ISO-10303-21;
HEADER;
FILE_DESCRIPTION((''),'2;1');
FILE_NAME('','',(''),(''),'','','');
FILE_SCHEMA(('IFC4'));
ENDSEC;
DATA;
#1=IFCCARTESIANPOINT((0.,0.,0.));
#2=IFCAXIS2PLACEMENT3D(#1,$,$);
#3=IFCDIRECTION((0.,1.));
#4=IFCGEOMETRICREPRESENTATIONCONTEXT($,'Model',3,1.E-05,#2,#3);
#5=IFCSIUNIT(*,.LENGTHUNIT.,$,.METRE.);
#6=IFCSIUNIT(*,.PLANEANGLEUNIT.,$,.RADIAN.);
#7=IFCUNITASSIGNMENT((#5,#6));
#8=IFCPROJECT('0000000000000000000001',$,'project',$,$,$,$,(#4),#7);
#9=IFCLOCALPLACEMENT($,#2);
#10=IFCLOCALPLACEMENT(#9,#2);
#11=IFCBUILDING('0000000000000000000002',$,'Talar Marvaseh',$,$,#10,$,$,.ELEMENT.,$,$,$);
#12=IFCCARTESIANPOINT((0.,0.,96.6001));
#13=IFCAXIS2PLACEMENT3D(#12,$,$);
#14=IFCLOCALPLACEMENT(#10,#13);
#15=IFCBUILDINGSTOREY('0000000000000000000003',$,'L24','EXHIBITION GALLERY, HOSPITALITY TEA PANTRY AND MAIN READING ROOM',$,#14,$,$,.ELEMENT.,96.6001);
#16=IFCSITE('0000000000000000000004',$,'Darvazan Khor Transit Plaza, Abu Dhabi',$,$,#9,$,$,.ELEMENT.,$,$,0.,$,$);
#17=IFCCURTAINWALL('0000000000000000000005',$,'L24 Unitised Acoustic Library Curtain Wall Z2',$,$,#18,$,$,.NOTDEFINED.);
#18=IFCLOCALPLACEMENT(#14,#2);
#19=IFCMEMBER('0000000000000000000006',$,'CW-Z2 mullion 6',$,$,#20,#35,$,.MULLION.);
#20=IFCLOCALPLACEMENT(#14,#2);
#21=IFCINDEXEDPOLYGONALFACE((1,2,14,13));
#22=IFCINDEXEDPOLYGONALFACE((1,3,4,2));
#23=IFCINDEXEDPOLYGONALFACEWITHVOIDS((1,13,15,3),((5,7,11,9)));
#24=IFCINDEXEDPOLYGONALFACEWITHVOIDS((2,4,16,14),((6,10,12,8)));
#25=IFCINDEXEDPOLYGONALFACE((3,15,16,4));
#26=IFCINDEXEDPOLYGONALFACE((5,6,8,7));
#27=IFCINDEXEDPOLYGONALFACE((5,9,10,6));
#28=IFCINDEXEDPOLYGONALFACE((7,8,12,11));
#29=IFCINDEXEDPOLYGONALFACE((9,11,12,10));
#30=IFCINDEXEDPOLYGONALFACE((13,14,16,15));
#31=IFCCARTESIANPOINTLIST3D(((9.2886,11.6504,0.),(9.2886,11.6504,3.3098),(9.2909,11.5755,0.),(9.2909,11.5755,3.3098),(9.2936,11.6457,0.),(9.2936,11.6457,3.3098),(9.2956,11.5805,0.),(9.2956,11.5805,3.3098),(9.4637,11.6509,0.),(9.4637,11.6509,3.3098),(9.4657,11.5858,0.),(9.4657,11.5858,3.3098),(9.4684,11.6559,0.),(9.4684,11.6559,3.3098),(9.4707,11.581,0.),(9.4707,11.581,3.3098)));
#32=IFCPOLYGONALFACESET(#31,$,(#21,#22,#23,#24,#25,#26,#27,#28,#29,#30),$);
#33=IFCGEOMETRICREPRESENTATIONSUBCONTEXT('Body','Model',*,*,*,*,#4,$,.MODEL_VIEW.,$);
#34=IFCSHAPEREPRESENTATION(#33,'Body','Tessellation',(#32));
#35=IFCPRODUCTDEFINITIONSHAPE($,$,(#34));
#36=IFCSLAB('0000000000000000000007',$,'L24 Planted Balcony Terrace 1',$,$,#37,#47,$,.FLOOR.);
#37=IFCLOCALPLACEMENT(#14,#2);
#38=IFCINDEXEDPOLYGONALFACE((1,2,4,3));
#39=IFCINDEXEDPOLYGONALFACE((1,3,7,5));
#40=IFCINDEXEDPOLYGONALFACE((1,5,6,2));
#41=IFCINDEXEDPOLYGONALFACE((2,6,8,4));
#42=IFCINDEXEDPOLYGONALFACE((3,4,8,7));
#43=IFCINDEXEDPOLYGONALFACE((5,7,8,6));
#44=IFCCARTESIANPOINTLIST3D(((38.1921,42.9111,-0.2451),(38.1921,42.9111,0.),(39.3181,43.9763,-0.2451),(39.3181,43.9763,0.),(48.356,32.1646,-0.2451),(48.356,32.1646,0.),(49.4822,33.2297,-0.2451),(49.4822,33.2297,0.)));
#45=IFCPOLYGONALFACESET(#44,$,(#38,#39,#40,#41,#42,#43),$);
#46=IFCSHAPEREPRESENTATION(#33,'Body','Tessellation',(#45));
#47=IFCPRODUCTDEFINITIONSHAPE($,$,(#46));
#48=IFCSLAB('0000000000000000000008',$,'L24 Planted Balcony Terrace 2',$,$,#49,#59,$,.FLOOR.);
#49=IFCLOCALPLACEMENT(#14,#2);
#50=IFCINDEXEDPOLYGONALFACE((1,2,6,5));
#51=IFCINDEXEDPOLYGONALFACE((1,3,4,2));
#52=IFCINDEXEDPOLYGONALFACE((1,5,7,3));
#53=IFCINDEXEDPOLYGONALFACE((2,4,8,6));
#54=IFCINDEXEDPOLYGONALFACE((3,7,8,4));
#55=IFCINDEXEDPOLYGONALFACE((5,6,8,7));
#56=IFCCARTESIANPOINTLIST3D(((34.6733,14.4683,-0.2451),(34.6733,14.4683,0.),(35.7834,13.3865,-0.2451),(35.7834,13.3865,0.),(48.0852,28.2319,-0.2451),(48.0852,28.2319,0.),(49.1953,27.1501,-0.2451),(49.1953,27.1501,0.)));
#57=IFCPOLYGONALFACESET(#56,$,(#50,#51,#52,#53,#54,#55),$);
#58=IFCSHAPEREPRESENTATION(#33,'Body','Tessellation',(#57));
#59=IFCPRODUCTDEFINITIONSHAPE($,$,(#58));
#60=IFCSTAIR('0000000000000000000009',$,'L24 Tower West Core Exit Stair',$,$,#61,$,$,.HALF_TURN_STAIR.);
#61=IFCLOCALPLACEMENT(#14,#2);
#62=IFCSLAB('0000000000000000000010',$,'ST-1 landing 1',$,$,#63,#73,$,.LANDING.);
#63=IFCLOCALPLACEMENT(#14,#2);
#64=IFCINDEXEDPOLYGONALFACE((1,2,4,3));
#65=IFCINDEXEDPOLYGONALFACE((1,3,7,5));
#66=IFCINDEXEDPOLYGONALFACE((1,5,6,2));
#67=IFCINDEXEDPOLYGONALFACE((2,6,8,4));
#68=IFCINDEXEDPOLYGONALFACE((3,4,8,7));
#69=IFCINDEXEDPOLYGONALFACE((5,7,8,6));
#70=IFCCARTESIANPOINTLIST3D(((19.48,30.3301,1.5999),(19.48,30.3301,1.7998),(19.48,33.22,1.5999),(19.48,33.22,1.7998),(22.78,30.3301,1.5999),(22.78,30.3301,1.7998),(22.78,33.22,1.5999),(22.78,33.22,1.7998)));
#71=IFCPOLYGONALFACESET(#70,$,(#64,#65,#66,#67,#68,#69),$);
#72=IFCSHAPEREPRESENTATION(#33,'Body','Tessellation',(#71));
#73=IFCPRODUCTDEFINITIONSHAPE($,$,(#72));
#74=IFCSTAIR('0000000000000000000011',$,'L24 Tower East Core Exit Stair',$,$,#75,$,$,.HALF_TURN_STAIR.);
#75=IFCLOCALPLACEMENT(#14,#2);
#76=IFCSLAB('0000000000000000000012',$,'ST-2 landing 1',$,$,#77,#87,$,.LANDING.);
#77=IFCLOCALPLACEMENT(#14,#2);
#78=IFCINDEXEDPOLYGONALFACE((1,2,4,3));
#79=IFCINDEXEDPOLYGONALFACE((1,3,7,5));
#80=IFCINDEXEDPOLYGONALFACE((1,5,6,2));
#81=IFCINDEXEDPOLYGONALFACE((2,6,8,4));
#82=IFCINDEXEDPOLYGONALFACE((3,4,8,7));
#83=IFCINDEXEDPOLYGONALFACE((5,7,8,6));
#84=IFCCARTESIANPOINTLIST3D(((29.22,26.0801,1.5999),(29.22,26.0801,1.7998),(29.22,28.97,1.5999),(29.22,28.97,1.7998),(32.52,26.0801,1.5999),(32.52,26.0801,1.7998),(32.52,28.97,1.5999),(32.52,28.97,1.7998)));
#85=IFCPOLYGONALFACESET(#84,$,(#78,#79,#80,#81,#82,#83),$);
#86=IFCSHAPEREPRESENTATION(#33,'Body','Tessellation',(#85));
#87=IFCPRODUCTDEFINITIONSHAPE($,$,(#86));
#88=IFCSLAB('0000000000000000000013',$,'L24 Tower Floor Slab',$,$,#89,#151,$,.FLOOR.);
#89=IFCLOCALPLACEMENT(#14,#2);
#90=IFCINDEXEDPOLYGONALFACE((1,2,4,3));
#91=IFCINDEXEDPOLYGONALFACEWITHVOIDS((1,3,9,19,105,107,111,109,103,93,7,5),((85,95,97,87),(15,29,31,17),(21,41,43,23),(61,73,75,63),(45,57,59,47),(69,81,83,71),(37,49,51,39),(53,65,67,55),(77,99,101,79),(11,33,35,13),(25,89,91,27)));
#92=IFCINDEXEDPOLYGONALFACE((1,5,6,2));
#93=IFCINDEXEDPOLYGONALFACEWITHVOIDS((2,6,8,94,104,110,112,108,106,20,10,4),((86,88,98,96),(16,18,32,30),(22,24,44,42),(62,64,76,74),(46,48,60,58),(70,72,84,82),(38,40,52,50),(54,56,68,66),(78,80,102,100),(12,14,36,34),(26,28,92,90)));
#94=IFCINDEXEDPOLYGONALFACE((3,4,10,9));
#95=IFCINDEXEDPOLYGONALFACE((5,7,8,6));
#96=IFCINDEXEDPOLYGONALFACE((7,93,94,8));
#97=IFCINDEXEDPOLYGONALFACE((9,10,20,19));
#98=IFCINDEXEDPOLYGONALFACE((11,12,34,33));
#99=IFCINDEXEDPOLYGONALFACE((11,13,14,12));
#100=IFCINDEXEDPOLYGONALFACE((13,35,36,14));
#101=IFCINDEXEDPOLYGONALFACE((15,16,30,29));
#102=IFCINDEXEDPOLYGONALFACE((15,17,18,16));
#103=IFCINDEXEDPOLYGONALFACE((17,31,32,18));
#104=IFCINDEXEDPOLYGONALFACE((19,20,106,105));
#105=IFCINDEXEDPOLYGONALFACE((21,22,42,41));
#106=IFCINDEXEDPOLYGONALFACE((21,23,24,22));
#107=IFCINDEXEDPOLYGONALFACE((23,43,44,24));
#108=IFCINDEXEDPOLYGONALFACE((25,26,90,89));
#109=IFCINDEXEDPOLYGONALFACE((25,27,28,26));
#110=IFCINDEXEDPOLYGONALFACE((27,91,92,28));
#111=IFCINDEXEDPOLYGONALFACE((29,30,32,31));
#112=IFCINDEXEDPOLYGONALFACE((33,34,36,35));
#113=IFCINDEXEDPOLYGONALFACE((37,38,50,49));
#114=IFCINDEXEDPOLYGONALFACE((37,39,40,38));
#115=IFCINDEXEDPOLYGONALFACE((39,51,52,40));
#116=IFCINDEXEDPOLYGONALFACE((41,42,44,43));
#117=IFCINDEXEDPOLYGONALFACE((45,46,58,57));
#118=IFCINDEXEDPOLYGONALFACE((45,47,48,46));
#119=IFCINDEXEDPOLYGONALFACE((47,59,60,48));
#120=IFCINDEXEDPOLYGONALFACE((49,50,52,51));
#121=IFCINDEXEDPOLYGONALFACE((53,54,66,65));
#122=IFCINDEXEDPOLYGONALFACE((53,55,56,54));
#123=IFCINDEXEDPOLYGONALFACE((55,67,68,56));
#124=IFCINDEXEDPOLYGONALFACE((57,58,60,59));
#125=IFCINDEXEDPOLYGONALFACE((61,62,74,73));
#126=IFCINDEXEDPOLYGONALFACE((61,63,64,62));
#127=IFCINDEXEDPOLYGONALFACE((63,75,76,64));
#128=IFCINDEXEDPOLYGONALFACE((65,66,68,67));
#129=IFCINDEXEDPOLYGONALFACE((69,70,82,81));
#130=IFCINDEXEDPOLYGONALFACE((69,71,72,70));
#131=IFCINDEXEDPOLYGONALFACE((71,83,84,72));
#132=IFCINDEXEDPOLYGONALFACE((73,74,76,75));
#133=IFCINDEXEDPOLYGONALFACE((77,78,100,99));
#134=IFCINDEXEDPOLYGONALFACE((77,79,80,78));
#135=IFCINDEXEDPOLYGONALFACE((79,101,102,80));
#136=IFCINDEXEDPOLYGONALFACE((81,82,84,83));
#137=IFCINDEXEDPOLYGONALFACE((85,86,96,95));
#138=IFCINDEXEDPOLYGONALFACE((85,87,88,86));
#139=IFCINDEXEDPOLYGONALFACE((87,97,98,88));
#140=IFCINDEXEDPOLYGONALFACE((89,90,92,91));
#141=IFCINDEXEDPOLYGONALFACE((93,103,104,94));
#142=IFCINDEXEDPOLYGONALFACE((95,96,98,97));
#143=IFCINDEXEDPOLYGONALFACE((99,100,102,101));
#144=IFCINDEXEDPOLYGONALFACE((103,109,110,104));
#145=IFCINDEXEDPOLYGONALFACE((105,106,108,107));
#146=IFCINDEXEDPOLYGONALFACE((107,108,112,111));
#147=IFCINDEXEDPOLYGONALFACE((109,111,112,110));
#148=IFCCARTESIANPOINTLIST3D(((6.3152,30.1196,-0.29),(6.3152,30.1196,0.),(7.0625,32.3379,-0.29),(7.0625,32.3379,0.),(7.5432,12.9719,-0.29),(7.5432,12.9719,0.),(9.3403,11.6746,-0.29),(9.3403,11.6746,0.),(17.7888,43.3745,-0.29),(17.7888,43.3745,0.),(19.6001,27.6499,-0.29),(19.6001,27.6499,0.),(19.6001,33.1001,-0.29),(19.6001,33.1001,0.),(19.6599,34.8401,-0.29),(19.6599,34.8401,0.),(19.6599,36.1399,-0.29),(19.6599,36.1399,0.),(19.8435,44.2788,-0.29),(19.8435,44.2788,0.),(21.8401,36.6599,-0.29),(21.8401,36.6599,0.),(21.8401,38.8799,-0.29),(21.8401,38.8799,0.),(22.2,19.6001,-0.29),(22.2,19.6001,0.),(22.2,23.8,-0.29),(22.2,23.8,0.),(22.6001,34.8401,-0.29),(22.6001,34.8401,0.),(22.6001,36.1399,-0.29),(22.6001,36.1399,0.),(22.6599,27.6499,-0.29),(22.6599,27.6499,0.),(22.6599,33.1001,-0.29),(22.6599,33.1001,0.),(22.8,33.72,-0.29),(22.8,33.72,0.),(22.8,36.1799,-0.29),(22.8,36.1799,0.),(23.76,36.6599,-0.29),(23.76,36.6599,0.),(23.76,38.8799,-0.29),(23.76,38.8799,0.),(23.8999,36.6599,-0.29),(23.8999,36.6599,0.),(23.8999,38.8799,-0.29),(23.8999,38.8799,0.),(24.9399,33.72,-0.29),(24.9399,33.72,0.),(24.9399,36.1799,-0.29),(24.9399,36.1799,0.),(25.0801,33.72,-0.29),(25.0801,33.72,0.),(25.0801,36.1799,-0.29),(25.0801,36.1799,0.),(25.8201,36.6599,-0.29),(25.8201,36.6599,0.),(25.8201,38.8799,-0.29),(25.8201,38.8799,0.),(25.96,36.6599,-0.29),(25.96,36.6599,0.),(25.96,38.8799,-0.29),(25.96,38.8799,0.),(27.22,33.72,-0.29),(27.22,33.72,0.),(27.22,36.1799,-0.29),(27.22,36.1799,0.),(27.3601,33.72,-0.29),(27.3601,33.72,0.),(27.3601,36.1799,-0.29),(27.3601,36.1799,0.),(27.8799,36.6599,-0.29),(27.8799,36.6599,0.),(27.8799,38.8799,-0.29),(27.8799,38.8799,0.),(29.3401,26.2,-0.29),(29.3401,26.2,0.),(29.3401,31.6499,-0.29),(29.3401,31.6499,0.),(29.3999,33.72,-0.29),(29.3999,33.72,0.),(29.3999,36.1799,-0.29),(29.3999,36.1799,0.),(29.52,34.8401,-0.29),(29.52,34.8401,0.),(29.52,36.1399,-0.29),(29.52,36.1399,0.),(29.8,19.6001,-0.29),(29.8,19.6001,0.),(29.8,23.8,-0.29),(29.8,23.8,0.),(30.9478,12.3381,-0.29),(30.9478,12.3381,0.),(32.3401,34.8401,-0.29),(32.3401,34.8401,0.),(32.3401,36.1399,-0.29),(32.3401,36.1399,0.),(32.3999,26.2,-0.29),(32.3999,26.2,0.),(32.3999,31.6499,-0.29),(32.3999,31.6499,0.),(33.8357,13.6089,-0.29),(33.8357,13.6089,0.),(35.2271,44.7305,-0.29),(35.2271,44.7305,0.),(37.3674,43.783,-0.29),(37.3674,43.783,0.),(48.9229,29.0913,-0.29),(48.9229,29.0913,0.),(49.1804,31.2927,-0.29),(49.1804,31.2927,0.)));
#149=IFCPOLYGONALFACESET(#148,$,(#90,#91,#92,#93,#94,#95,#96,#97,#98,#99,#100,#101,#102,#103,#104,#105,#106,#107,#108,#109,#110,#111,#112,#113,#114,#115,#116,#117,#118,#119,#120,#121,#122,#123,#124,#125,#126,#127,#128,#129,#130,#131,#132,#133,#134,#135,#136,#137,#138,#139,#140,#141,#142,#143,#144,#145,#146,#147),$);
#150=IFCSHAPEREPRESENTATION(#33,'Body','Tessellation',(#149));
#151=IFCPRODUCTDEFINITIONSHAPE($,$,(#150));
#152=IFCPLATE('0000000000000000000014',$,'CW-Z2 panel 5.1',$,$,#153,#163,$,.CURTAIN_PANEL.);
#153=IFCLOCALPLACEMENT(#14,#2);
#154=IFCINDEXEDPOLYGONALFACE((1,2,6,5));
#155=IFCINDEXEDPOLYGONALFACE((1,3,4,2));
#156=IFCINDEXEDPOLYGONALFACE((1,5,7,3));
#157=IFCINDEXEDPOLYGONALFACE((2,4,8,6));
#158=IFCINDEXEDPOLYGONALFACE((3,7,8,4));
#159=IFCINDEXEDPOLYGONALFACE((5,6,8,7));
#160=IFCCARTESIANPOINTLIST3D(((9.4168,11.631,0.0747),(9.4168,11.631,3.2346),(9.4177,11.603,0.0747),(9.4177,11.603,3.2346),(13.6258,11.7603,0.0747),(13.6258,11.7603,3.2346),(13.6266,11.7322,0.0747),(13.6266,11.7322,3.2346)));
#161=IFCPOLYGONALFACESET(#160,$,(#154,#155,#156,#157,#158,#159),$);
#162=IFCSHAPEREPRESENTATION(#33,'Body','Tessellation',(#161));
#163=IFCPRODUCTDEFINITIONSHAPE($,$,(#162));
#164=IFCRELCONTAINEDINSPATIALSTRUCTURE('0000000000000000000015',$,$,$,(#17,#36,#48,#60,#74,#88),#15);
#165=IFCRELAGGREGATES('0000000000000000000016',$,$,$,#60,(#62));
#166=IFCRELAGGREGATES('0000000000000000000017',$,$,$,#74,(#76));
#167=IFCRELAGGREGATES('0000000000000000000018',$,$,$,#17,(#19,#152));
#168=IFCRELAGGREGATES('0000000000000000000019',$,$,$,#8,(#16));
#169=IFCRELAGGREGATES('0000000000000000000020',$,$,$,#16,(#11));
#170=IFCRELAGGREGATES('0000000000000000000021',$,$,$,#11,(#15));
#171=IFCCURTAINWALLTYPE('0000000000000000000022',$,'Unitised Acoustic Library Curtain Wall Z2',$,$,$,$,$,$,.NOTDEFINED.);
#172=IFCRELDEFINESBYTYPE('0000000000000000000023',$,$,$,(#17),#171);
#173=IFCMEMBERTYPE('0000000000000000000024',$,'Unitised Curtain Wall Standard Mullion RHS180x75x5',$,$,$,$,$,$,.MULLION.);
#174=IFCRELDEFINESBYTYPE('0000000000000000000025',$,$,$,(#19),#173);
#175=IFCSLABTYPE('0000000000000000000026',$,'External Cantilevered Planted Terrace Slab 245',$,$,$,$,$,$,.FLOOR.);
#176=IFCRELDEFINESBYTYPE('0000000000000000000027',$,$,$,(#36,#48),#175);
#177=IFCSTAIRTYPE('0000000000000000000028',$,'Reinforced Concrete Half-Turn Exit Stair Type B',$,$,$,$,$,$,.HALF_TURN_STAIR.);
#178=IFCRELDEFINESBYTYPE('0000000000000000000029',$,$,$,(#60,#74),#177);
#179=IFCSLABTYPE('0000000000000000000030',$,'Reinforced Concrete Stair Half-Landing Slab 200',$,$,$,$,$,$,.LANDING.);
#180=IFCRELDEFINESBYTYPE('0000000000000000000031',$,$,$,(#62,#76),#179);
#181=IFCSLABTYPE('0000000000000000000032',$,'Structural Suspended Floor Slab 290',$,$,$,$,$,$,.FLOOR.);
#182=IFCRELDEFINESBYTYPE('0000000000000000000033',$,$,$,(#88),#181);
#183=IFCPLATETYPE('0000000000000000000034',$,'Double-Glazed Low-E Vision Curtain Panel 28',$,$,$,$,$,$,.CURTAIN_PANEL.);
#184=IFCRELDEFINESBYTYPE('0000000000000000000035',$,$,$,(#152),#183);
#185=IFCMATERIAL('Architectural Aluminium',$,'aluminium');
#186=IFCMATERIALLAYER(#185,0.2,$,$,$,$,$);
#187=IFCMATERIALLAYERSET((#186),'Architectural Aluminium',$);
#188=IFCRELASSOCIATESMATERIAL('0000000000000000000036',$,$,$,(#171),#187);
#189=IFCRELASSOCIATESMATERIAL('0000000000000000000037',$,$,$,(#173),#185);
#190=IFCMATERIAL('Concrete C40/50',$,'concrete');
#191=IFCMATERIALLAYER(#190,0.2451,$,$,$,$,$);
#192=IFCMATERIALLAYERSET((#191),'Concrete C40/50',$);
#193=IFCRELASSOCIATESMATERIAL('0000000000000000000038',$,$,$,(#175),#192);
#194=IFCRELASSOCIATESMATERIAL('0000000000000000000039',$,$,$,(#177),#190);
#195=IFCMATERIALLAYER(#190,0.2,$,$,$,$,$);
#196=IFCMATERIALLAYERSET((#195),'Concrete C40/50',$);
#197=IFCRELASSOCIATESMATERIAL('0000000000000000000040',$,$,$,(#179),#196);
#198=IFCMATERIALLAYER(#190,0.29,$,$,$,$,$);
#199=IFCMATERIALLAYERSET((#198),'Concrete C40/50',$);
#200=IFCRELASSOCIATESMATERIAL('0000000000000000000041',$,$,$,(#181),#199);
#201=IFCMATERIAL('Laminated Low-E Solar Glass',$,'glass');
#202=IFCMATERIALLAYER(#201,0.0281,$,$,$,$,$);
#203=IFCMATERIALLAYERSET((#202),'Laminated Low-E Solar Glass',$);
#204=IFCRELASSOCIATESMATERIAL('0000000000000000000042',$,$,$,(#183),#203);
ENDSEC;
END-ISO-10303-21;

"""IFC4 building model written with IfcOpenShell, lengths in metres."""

from ifc_helpers import new_model, si_unit, direction, frame, origin, origin_2d, place, context, subcontext, project, spatial, polyline, rectangle, hollow_rectangle, outline, extrude, source, transform, mapped, material, layer, layer_set, material_profile, profile_set, type_object, type_shapes, element, aggregate, save


model = new_model("IFC4")

# Units and contexts
model_context = context("Model", 3, precision=1e-05, world=origin(), true_north=direction((0.0, 1.0)))
body_context = subcontext(model_context, "Body", "Model", "MODEL_VIEW")
ifc_project = project(units=[si_unit("LENGTHUNIT", "METRE"), si_unit("PLANEANGLEUNIT", "RADIAN")], contexts=[model_context])

# Site, building, storey
site_placement = place(None, origin())
site = spatial("IfcSite", under=ifc_project, at=site_placement, Name="Darvazan Khor Transit Plaza, Abu Dhabi", CompositionType="ELEMENT", RefElevation=0.0)
building_placement = place(site_placement, origin())
building = spatial("IfcBuilding", under=site, at=building_placement, Name="Talar Marvaseh", CompositionType="ELEMENT")
storey_placement = place(building_placement, frame((0.0, 0.0, 96.6001)))
storey = spatial("IfcBuildingStorey", under=building, at=storey_placement, Name="L24", Description="EXHIBITION GALLERY, HOSPITALITY TEA PANTRY AND MAIN READING ROOM", CompositionType="ELEMENT", Elevation=96.6001)

# Curtain wall, member
ifc_material_1 = material(Name="Architectural Aluminium", Category="aluminium")
ifc_layer_1 = layer(ifc_material_1, 0.2)
ifc_layer_set_1 = layer_set([ifc_layer_1], Name="Architectural Aluminium")
curtain_wall_type = type_object("IfcCurtainWallType", Name="Unitised Acoustic Library Curtain Wall Z2", PredefinedType="NOTDEFINED", material=ifc_layer_set_1)
curtain_wall_placement = place(storey_placement, origin())
curtain_wall = element("IfcCurtainWall", 1, at=curtain_wall_placement, inside=storey, type_object=curtain_wall_type, Name="L24 Unitised Acoustic Library Curtain Wall Z2", PredefinedType="NOTDEFINED")
ifc_material_profile = material_profile(ifc_material_1, hollow_rectangle(XDim=0.075, YDim=0.1799, WallThickness=0.0049, at=origin_2d()), Name="RHS180x75x5")
ifc_profile_set = profile_set([ifc_material_profile], Name="Architectural Aluminium")
member_type = type_object("IfcMemberType", Name="Unitised Curtain Wall Standard Mullion RHS180x75x5", PredefinedType="MULLION", material=ifc_profile_set)
shared_shape_1 = source(origin(), body_context, "Body", "SweptSolid", [
    extrude(hollow_rectangle(XDim=0.075, YDim=0.1799, WallThickness=0.0049, at=origin_2d()), origin(), (0.0, 0.0, 1.0), 3.3098),
])
type_shapes(member_type, [shared_shape_1])
member_placement = place(storey_placement, frame((9.3796, 11.6157, 0.0), z_axis=(0.0, 0.0, 1.0), x_axis=(0.030693, -0.999529, 0.0)))
member = element("IfcMember", 2, at=member_placement, type_object=member_type, Name="CW-Z2 mullion 6", PredefinedType="MULLION", context=body_context, shape_type="MappedRepresentation", body=[
    mapped(shared_shape_1, transform((0.0, 0.0, 0.0), x_axis=(1.0, 0.0, 0.0), y_axis=(0.0, 1.0, 0.0), z_axis=(0.0, 0.0, 1.0), scale=1.0)),
])

# Slabs
ifc_material_2 = material(Name="Concrete C40/50", Category="concrete")
ifc_layer_2 = layer(ifc_material_2, 0.2451)
ifc_layer_set_2 = layer_set([ifc_layer_2], Name="Concrete C40/50")
slab_type_1 = type_object("IfcSlabType", Name="External Cantilevered Planted Terrace Slab 245", PredefinedType="FLOOR", material=ifc_layer_set_2)
slab_1_placement = place(storey_placement, frame((0.0, 0.0, -0.2451)))
element("IfcSlab", 3, at=slab_1_placement, inside=storey, type_object=slab_type_1, Name="L24 Planted Balcony Terrace 1", PredefinedType="FLOOR", context=body_context, shape_type="SweptSolid", body=[
    extrude(outline(polyline([(38.1921, 42.9111), (48.356, 32.1646), (49.4822, 33.2297), (39.3181, 43.9763), (38.1921, 42.9111)])), origin(), (0.0, 0.0, 1.0), 0.2451),
])
slab_2_placement = place(storey_placement, frame((0.0, 0.0, -0.2451)))
element("IfcSlab", 4, at=slab_2_placement, inside=storey, type_object=slab_type_1, Name="L24 Planted Balcony Terrace 2", PredefinedType="FLOOR", context=body_context, shape_type="SweptSolid", body=[
    extrude(outline(polyline([(48.0852, 28.2319), (34.6733, 14.4683), (35.7834, 13.3865), (49.1953, 27.1501), (48.0852, 28.2319)])), origin(), (0.0, 0.0, 1.0), 0.2451),
])

# Stairs, slabs
stair_type = type_object("IfcStairType", Name="Reinforced Concrete Half-Turn Exit Stair Type B", PredefinedType="HALF_TURN_STAIR", material=ifc_material_2)
stair_1_placement = place(storey_placement, origin())
stair_1 = element("IfcStair", 5, at=stair_1_placement, inside=storey, type_object=stair_type, Name="L24 Tower West Core Exit Stair", PredefinedType="HALF_TURN_STAIR")
ifc_layer_3 = layer(ifc_material_2, 0.2)
ifc_layer_set_3 = layer_set([ifc_layer_3], Name="Concrete C40/50")
slab_type_2 = type_object("IfcSlabType", Name="Reinforced Concrete Stair Half-Landing Slab 200", PredefinedType="LANDING", material=ifc_layer_set_3)
slab_3_placement = place(storey_placement, frame((0.0, 0.0, 1.5999)))
slab_3 = element("IfcSlab", 6, at=slab_3_placement, type_object=slab_type_2, Name="ST-1 landing 1", PredefinedType="LANDING", context=body_context, shape_type="SweptSolid", body=[
    extrude(outline(polyline([(22.78, 30.3301), (22.78, 33.22), (19.48, 33.22), (19.48, 30.3301), (22.78, 30.3301)])), origin(), (0.0, 0.0, 1.0), 0.2),
])
aggregate(stair_1, [slab_3])
stair_2_placement = place(storey_placement, origin())
stair_2 = element("IfcStair", 7, at=stair_2_placement, inside=storey, type_object=stair_type, Name="L24 Tower East Core Exit Stair", PredefinedType="HALF_TURN_STAIR")
slab_4_placement = place(storey_placement, frame((0.0, 0.0, 1.5999)))
slab_4 = element("IfcSlab", 8, at=slab_4_placement, type_object=slab_type_2, Name="ST-2 landing 1", PredefinedType="LANDING", context=body_context, shape_type="SweptSolid", body=[
    extrude(outline(polyline([(29.22, 28.97), (29.22, 26.0801), (32.52, 26.0801), (32.52, 28.97), (29.22, 28.97)])), origin(), (0.0, 0.0, 1.0), 0.2),
])
aggregate(stair_2, [slab_4])

# Slab
ifc_layer_4 = layer(ifc_material_2, 0.29)
ifc_layer_set_4 = layer_set([ifc_layer_4], Name="Concrete C40/50")
slab_type_3 = type_object("IfcSlabType", Name="Structural Suspended Floor Slab 290", PredefinedType="FLOOR", material=ifc_layer_set_4)
slab_5_placement = place(storey_placement, frame((0.0, 0.0, -0.29)))
element("IfcSlab", 9, at=slab_5_placement, inside=storey, type_object=slab_type_3, Name="L24 Tower Floor Slab", PredefinedType="FLOOR", context=body_context, shape_type="SweptSolid", body=[
    extrude(outline(polyline([(9.3403, 11.6746), (7.5432, 12.9719), (6.3152, 30.1196), (7.0625, 32.3379), (17.7888, 43.3745), (19.8435, 44.2788), (35.2271, 44.7305), (37.3674, 43.783), (49.1804, 31.2927), (48.9229, 29.0913), (33.8357, 13.6089), (30.9478, 12.3381), (9.3403, 11.6746)]), holes=[polyline([(22.6599, 27.6499), (22.6599, 33.1001), (19.6001, 33.1001), (19.6001, 27.6499), (22.6599, 27.6499)]), polyline([(29.3401, 31.6499), (29.3401, 26.2), (32.3999, 26.2), (32.3999, 31.6499), (29.3401, 31.6499)]), polyline([(22.8, 33.72), (24.9399, 33.72), (24.9399, 36.1799), (22.8, 36.1799), (22.8, 33.72)]), polyline([(25.0801, 33.72), (27.22, 33.72), (27.22, 36.1799), (25.0801, 36.1799), (25.0801, 33.72)]), polyline([(27.3601, 33.72), (29.3999, 33.72), (29.3999, 36.1799), (27.3601, 36.1799), (27.3601, 33.72)]), polyline([(21.8401, 36.6599), (23.76, 36.6599), (23.76, 38.8799), (21.8401, 38.8799), (21.8401, 36.6599)]), polyline([(23.8999, 36.6599), (25.8201, 36.6599), (25.8201, 38.8799), (23.8999, 38.8799), (23.8999, 36.6599)]), polyline([(25.96, 36.6599), (27.8799, 36.6599), (27.8799, 38.8799), (25.96, 38.8799), (25.96, 36.6599)]), polyline([(19.6599, 34.8401), (22.6001, 34.8401), (22.6001, 36.1399), (19.6599, 36.1399), (19.6599, 34.8401)]), polyline([(29.52, 34.8401), (32.3401, 34.8401), (32.3401, 36.1399), (29.52, 36.1399), (29.52, 34.8401)]), polyline([(22.2, 19.6001), (29.8, 19.6001), (29.8, 23.8), (22.2, 23.8), (22.2, 19.6001)])]), origin(), (0.0, 0.0, 1.0), 0.29),
])

# Plate
ifc_material_3 = material(Name="Laminated Low-E Solar Glass", Category="glass")
ifc_layer_5 = layer(ifc_material_3, 0.0281)
ifc_layer_set_5 = layer_set([ifc_layer_5], Name="Laminated Low-E Solar Glass")
plate_type = type_object("IfcPlateType", Name="Double-Glazed Low-E Vision Curtain Panel 28", PredefinedType="CURTAIN_PANEL", material=ifc_layer_set_5)
shared_shape_2 = source(origin(), body_context, "Body", "SweptSolid", [
    extrude(rectangle(XDim=4.2109, YDim=0.0281, at=origin_2d()), origin(), (0.0, 0.0, 1.0), 3.1599),
])
type_shapes(plate_type, [shared_shape_2])
plate_placement = place(storey_placement, frame((11.5217, 11.6816, 0.0747), z_axis=(0.0, 0.0, 1.0), x_axis=(-0.999529, -0.030693, 0.0)))
plate = element("IfcPlate", 10, at=plate_placement, type_object=plate_type, Name="CW-Z2 panel 5.1", PredefinedType="CURTAIN_PANEL", context=body_context, shape_type="MappedRepresentation", body=[
    mapped(shared_shape_2, transform((0.0, 0.0, 0.0), x_axis=(1.0, 0.0, 0.0), y_axis=(0.0, 1.0, 0.0), z_axis=(0.0, 0.0, 1.0), scale=1.0)),
])
aggregate(curtain_wall, [member, plate])

save(model, "model.ifc")
